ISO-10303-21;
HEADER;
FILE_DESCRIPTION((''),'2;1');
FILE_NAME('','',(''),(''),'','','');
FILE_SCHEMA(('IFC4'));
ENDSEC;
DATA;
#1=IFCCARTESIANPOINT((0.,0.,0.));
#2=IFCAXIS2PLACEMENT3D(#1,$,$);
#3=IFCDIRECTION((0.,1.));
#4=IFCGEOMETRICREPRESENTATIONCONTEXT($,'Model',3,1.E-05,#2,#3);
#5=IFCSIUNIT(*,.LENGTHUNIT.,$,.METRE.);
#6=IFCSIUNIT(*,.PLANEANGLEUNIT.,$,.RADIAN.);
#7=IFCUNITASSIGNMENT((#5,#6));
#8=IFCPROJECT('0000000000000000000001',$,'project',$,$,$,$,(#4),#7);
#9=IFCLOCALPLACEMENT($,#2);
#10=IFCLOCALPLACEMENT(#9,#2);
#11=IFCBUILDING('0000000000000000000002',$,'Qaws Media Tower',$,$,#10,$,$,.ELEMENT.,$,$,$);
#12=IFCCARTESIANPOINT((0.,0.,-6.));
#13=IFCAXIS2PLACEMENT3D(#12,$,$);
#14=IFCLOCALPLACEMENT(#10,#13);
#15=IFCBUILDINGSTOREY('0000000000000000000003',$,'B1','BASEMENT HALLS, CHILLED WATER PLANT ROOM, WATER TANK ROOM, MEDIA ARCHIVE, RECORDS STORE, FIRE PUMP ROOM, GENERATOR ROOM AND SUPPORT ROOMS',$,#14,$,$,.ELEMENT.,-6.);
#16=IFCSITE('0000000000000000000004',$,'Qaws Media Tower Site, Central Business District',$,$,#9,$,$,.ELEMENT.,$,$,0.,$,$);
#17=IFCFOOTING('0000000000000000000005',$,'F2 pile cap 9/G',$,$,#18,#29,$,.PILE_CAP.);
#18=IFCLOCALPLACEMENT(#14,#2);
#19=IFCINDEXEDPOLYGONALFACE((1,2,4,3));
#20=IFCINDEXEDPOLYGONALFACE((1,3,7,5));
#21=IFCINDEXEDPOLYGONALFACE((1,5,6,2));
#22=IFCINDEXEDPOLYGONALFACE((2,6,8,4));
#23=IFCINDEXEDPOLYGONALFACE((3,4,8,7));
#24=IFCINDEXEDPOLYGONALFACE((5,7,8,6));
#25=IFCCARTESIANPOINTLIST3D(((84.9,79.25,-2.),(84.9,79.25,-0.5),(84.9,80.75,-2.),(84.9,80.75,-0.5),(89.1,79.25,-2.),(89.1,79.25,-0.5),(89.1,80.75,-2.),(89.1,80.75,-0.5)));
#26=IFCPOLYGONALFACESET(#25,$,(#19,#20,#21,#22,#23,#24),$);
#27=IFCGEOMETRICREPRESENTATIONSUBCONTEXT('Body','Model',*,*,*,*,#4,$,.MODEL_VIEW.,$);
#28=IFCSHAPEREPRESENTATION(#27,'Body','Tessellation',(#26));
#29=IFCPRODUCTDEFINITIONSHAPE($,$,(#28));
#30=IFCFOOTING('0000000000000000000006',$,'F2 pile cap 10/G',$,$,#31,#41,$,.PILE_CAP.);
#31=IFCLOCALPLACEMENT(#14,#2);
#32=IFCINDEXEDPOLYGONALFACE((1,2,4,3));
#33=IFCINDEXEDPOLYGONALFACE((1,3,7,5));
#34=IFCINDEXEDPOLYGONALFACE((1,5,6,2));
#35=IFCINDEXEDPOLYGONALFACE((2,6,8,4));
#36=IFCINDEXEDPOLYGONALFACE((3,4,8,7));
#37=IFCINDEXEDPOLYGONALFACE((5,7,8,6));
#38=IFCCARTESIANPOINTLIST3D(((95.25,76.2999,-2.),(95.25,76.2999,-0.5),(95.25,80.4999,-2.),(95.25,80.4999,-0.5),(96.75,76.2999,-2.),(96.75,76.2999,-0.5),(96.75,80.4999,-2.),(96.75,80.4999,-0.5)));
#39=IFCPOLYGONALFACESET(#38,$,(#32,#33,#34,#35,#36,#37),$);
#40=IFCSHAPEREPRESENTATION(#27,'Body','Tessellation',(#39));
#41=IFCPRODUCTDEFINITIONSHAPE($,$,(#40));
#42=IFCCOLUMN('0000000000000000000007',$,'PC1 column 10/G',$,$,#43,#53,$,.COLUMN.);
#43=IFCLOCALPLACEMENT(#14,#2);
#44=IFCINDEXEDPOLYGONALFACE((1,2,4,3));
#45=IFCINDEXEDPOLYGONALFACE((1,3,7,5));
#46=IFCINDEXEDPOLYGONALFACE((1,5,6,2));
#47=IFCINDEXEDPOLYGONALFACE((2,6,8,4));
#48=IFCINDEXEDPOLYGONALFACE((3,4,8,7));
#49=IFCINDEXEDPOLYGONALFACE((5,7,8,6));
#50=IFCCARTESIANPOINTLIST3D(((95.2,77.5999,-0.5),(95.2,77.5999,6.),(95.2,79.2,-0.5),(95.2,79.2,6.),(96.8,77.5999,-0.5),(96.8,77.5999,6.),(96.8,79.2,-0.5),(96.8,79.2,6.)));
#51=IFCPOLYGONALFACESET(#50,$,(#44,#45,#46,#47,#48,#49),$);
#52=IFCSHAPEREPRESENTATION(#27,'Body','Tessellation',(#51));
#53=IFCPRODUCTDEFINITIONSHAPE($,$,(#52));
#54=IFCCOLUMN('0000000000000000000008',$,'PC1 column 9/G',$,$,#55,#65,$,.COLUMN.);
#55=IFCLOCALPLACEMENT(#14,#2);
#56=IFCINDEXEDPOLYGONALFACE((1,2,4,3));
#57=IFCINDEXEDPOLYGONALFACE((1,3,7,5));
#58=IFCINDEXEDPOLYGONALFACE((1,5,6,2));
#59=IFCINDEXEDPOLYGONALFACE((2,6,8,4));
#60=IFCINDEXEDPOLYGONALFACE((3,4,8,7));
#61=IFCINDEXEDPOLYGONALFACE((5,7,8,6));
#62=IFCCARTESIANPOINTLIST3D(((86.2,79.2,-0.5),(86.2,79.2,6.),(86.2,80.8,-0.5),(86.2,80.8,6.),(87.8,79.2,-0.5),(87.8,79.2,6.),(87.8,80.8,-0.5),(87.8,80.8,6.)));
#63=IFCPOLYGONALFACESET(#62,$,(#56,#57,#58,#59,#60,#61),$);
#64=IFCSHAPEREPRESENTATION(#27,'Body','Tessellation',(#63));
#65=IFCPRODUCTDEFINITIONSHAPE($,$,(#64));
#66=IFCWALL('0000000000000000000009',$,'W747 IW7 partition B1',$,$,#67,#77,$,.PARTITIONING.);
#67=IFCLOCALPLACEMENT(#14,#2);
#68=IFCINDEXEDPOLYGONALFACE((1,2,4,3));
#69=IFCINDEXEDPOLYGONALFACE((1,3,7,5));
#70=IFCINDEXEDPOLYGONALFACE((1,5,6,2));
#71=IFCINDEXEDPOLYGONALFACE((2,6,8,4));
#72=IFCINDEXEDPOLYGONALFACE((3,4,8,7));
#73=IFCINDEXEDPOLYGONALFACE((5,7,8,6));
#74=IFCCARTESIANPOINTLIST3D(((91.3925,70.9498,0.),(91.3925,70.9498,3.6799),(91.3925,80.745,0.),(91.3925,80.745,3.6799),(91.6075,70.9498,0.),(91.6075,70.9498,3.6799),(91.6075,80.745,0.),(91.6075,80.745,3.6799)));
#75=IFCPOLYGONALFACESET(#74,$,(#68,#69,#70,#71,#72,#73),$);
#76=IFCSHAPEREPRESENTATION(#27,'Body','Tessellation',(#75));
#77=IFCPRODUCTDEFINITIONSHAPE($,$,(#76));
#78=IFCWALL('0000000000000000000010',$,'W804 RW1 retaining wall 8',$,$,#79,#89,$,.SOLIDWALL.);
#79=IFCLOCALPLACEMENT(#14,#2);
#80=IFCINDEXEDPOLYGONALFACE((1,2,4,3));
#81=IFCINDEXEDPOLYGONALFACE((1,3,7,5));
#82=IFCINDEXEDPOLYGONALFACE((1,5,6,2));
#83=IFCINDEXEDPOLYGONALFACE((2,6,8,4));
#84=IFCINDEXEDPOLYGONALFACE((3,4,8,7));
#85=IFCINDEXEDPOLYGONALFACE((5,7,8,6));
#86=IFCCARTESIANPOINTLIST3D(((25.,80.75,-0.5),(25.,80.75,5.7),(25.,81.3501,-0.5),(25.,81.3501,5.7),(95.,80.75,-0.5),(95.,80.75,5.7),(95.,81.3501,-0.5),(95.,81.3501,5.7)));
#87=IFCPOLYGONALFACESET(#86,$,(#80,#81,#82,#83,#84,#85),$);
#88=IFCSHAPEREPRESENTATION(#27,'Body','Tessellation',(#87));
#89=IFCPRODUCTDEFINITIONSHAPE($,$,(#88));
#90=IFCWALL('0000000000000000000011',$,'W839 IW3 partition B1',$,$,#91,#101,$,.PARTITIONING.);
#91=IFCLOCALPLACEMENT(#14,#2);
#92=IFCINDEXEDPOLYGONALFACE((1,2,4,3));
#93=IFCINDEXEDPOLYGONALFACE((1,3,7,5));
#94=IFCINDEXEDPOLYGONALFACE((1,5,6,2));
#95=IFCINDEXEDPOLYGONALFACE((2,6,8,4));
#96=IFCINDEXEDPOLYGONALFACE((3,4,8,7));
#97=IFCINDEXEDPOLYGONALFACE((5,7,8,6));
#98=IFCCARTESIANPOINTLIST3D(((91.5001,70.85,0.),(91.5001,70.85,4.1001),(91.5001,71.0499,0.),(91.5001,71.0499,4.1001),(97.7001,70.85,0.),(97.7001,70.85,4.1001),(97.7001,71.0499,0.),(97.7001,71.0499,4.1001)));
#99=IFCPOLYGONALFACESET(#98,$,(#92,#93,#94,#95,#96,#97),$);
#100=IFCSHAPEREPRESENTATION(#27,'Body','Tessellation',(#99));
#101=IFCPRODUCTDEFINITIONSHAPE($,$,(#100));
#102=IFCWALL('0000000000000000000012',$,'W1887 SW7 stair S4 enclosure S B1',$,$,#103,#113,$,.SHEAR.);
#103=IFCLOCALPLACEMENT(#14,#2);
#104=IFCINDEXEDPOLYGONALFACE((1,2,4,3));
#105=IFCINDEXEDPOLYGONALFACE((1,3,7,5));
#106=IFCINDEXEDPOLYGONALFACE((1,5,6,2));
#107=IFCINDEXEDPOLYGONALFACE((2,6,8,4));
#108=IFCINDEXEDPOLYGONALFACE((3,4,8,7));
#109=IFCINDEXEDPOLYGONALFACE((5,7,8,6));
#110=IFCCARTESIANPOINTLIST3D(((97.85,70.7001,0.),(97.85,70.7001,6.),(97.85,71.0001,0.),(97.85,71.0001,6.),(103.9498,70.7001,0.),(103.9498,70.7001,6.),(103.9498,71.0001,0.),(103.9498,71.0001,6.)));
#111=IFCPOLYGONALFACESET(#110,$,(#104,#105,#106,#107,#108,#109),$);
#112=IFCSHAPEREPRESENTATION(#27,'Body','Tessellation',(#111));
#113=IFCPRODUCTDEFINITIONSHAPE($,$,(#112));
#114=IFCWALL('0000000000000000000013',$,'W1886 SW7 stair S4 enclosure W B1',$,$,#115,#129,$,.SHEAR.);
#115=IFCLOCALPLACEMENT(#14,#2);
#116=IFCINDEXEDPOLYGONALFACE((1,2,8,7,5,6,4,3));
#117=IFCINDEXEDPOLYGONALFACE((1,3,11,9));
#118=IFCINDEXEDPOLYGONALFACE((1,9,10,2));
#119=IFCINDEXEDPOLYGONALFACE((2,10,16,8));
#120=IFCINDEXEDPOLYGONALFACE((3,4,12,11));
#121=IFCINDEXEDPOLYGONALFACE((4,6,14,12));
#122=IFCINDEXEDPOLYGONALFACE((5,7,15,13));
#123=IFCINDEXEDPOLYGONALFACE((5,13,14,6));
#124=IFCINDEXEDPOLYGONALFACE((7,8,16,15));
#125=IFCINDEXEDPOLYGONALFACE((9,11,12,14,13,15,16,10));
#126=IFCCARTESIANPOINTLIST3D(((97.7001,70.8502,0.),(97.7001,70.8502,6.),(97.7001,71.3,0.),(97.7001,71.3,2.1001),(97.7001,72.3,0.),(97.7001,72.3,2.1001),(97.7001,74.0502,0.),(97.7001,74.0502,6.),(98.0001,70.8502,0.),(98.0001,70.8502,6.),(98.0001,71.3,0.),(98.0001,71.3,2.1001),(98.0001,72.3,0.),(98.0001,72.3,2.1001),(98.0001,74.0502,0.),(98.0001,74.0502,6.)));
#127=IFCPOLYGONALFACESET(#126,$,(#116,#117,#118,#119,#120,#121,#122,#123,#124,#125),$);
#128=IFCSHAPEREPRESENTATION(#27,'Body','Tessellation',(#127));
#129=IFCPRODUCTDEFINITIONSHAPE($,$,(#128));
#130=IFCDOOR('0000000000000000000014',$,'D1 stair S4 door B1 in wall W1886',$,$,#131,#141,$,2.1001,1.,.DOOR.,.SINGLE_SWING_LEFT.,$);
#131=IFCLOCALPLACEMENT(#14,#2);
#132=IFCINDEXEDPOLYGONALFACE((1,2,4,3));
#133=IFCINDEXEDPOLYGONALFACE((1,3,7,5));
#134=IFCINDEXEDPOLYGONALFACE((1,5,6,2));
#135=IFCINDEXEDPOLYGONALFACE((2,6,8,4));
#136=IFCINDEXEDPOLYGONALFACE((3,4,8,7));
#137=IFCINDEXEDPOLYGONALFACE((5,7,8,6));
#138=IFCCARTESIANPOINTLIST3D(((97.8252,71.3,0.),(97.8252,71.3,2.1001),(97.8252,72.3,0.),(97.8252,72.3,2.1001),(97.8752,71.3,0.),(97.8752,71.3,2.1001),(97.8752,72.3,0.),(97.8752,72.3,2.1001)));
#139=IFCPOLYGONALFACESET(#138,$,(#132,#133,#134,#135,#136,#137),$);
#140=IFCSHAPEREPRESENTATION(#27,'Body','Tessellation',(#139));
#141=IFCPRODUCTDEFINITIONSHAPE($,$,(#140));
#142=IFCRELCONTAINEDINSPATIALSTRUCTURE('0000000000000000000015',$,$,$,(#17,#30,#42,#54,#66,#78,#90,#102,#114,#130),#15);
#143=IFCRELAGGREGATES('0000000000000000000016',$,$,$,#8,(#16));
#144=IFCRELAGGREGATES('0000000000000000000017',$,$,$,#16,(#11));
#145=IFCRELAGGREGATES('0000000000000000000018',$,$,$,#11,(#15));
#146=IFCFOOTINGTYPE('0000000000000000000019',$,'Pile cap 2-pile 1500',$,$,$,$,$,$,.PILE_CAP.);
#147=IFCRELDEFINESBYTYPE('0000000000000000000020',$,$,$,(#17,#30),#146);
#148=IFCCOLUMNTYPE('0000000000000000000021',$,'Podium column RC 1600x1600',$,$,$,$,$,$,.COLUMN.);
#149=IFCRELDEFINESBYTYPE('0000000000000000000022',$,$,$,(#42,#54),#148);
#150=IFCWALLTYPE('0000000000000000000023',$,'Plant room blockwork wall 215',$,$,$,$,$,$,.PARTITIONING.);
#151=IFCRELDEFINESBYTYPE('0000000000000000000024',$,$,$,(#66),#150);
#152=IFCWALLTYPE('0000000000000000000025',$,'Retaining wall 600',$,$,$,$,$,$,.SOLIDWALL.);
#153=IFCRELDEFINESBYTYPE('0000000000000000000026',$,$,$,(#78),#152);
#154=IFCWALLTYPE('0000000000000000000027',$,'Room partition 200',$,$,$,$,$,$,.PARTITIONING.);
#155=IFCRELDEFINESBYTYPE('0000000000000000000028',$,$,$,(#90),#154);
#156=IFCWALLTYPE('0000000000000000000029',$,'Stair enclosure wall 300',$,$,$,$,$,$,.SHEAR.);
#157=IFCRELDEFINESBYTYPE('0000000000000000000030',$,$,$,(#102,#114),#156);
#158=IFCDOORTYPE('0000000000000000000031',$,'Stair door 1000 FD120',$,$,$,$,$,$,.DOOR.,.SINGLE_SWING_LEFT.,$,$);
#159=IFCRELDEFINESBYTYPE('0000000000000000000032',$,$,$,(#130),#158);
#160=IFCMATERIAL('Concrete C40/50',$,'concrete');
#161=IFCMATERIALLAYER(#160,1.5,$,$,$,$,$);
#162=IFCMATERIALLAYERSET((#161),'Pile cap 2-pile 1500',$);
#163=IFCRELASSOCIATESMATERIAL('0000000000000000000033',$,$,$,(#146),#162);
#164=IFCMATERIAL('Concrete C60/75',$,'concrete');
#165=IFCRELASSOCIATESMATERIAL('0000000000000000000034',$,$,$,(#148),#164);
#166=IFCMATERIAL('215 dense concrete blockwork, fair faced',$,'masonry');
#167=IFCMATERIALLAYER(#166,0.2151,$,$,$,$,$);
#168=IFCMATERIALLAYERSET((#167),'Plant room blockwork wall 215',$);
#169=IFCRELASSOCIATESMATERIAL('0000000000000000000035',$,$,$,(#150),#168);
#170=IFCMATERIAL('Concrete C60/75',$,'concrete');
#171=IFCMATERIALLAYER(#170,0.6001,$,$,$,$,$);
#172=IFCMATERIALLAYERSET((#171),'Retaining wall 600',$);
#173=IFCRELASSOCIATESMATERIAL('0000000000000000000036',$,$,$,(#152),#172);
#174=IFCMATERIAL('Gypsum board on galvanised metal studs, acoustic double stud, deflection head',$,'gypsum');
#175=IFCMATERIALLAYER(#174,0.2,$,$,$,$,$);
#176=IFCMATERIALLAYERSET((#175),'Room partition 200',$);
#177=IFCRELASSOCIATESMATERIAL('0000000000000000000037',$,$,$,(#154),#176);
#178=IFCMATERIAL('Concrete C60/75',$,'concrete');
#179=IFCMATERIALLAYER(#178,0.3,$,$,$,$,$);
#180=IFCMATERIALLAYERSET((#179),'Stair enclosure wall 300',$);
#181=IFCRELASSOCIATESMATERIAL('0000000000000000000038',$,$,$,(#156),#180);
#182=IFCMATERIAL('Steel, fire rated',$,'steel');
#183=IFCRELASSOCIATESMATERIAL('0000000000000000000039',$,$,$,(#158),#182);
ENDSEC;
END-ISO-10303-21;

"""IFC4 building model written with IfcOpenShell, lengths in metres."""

from ifc_helpers import new_model, si_unit, direction, frame, frame_2d, origin, origin_2d, place, context, subcontext, project, spatial, rectangle, extrude, material, layer, layer_set, material_profile, profile_set, type_object, element, fill, save


model = new_model("IFC4")

# Units and contexts
model_context = context("Model", 3, precision=1e-05, world=origin(), true_north=direction((0.0, 1.0)))
body_context = subcontext(model_context, "Body", "Model", "MODEL_VIEW")
ifc_project = project(units=[si_unit("LENGTHUNIT", "METRE"), si_unit("PLANEANGLEUNIT", "RADIAN")], contexts=[model_context])

# Site, building, storey
site_placement = place(None, origin())
site = spatial("IfcSite", under=ifc_project, at=site_placement, Name="Qaws Media Tower Site, Central Business District", CompositionType="ELEMENT", RefElevation=0.0)
building_placement = place(site_placement, origin())
building = spatial("IfcBuilding", under=site, at=building_placement, Name="Qaws Media Tower", CompositionType="ELEMENT")
storey_placement = place(building_placement, frame((0.0, 0.0, -6.0)))
storey = spatial("IfcBuildingStorey", under=building, at=storey_placement, Name="B1", Description="BASEMENT HALLS, CHILLED WATER PLANT ROOM, WATER TANK ROOM, MEDIA ARCHIVE, RECORDS STORE, FIRE PUMP ROOM, GENERATOR ROOM AND SUPPORT ROOMS", CompositionType="ELEMENT", Elevation=-6.0)

# Footings
ifc_material_1 = material(Name="Concrete C40/50", Category="concrete")
ifc_layer_1 = layer(ifc_material_1, 1.5)
ifc_layer_set_1 = layer_set([ifc_layer_1], Name="Pile cap 2-pile 1500")
footing_type_1 = type_object("IfcFootingType", Name="Pile cap 2-pile 1500", PredefinedType="PILE_CAP", material=ifc_layer_set_1)
footing_1_placement = place(storey_placement, frame((87.0, 80.0, -2.0), z_axis=(0.0, 0.0, 1.0), x_axis=(1.0, 0.0, 0.0)))
element("IfcFooting", 1, at=footing_1_placement, inside=storey, type_object=footing_type_1, Name="F2 pile cap 9/G", PredefinedType="PILE_CAP", context=body_context, shape_type="SweptSolid", body=[
    extrude(rectangle(XDim=4.2, YDim=1.5, at=origin_2d()), origin(), (0.0, 0.0, 1.0), 1.5),
])
footing_2_placement = place(storey_placement, frame((96.0, 78.3999, -2.0), z_axis=(0.0, 0.0, 1.0), x_axis=(1.0, 0.0, 0.0)))
element("IfcFooting", 2, at=footing_2_placement, inside=storey, type_object=footing_type_1, Name="F2 pile cap 10/G", PredefinedType="PILE_CAP", context=body_context, shape_type="SweptSolid", body=[
    extrude(rectangle(XDim=1.5, YDim=4.2, at=origin_2d()), origin(), (0.0, 0.0, 1.0), 1.5),
])

# Columns
ifc_material_2 = material(Name="Concrete C60/75", Category="concrete")
ifc_material_profile_1 = material_profile(ifc_material_2, rectangle(XDim=1.6001, YDim=1.6001, at=origin_2d()), Name="RC 1600x1600")
ifc_profile_set_1 = profile_set([ifc_material_profile_1], Name="Concrete C60/75")
column_type = type_object("IfcColumnType", Name="Podium column RC 1600x1600", PredefinedType="COLUMN", material=ifc_profile_set_1)
for number, where, z_axis, x_axis, name in (
    (3, (96.0, 78.3999, -0.5), (0.0, 0.0, 1.0), (1.0, 0.0, 0.0), "PC1 column 10/G"),
    (4, (87.0, 80.0, -0.5), (0.0, 0.0, 1.0), (1.0, 0.0, 0.0), "PC1 column 9/G"),
):
    element("IfcColumn", number, at=place(storey_placement, frame(where, z_axis=z_axis, x_axis=x_axis)), inside=storey, type_object=column_type, Name=name, PredefinedType="COLUMN", context=body_context, shape_type="SweptSolid", body=[
        extrude(rectangle(XDim=1.6001, YDim=1.6001, at=origin_2d()), origin(), (0.0, 0.0, 1.0), 6.5),
    ])

# Walls
ifc_material_3 = material(Name="215 dense concrete blockwork, fair faced", Category="masonry")
ifc_layer_2 = layer(ifc_material_3, 0.2151)
ifc_layer_set_2 = layer_set([ifc_layer_2], Name="Plant room blockwork wall 215")
wall_type_1 = type_object("IfcWallType", Name="Plant room blockwork wall 215", PredefinedType="PARTITIONING", material=ifc_layer_set_2)
wall_1_placement = place(storey_placement, frame((91.5, 70.95, 0.0), z_axis=(0.0, 0.0, 1.0), x_axis=(0.0, 1.0, 0.0)))
element("IfcWall", 5, at=wall_1_placement, inside=storey, type_object=wall_type_1, Name="W747 IW7 partition B1", PredefinedType="PARTITIONING", context=body_context, shape_type="SweptSolid", body=[
    extrude(rectangle(XDim=9.7952, YDim=0.2151, at=frame_2d((4.8975, 0.0))), origin(), (0.0, 0.0, 1.0), 3.6799),
])
ifc_material_4 = material(Name="Concrete C60/75", Category="concrete")
ifc_layer_3 = layer(ifc_material_4, 0.6001)
ifc_layer_set_3 = layer_set([ifc_layer_3], Name="Retaining wall 600")
wall_type_2 = type_object("IfcWallType", Name="Retaining wall 600", PredefinedType="SOLIDWALL", material=ifc_layer_set_3)
wall_2_placement = place(storey_placement, frame((95.0, 81.05, -0.5), z_axis=(0.0, 0.0, 1.0), x_axis=(-1.0, 0.0, 0.0)))
element("IfcWall", 6, at=wall_2_placement, inside=storey, type_object=wall_type_2, Name="W804 RW1 retaining wall 8", PredefinedType="SOLIDWALL", context=body_context, shape_type="SweptSolid", body=[
    extrude(rectangle(XDim=70.0, YDim=0.6001, at=frame_2d((35.0, 0.0))), origin(), (0.0, 0.0, 1.0), 6.2),
])
ifc_material_5 = material(Name="Gypsum board on galvanised metal studs, acoustic double stud, deflection head", Category="gypsum")
ifc_layer_4 = layer(ifc_material_5, 0.2)
ifc_layer_set_4 = layer_set([ifc_layer_4], Name="Room partition 200")
wall_type_3 = type_object("IfcWallType", Name="Room partition 200", PredefinedType="PARTITIONING", material=ifc_layer_set_4)
wall_3_placement = place(storey_placement, frame((91.5, 70.95, 0.0), z_axis=(0.0, 0.0, 1.0), x_axis=(1.0, 0.0, 0.0)))
element("IfcWall", 7, at=wall_3_placement, inside=storey, type_object=wall_type_3, Name="W839 IW3 partition B1", PredefinedType="PARTITIONING", context=body_context, shape_type="SweptSolid", body=[
    extrude(rectangle(XDim=6.2, YDim=0.2, at=frame_2d((3.1001, 0.0))), origin(), (0.0, 0.0, 1.0), 4.1001),
])
ifc_material_6 = material(Name="Concrete C60/75", Category="concrete")
ifc_layer_5 = layer(ifc_material_6, 0.3)
ifc_layer_set_5 = layer_set([ifc_layer_5], Name="Stair enclosure wall 300")
wall_type_4 = type_object("IfcWallType", Name="Stair enclosure wall 300", PredefinedType="SHEAR", material=ifc_layer_set_5)
wall_4_placement = place(storey_placement, frame((97.8501, 70.8501, 0.0), z_axis=(0.0, 0.0, 1.0), x_axis=(1.0, 0.0, 0.0)))
element("IfcWall", 8, at=wall_4_placement, inside=storey, type_object=wall_type_4, Name="W1887 SW7 stair S4 enclosure S B1", PredefinedType="SHEAR", context=body_context, shape_type="SweptSolid", body=[
    extrude(rectangle(XDim=6.0999, YDim=0.3, at=frame_2d((3.0498, 0.0))), origin(), (0.0, 0.0, 1.0), 6.0),
])

# Wall, opening, door
wall_5_placement = place(storey_placement, frame((97.8501, 70.8501, 0.0), z_axis=(0.0, 0.0, 1.0), x_axis=(0.0, 1.0, 0.0)))
wall_5 = element("IfcWall", 9, at=wall_5_placement, inside=storey, type_object=wall_type_4, Name="W1886 SW7 stair S4 enclosure W B1", PredefinedType="SHEAR", context=body_context, shape_type="SweptSolid", body=[
    extrude(rectangle(XDim=3.2, YDim=0.3, at=frame_2d((1.6001, 0.0))), origin(), (0.0, 0.0, 1.0), 6.0),
])
opening_placement = place(wall_5_placement, frame((0.45, 0.0, 0.0)))
opening = element("IfcOpeningElement", 10, at=opening_placement, cuts=wall_5, PredefinedType="OPENING", context=body_context, shape_type="SweptSolid", body=[
    extrude(rectangle(XDim=1.0, YDim=2.1001, at=frame_2d((0.5, 1.05))), frame((0.0, 0.1599, 0.0), z_axis=(0.0, -1.0, 0.0), x_axis=(1.0, 0.0, 0.0)), (0.0, 0.0, 1.0), 0.3201),
])
ifc_material_7 = material(Name="Steel, fire rated", Category="steel")
door_type = type_object("IfcDoorType", Name="Stair door 1000 FD120", OperationType="SINGLE_SWING_LEFT", PredefinedType="DOOR", material=ifc_material_7)
door_placement = place(opening_placement, origin())
door = element("IfcDoor", 11, at=door_placement, inside=storey, type_object=door_type, Name="D1 stair S4 door B1 in wall W1886", OperationType="SINGLE_SWING_LEFT", OverallHeight=2.1001, OverallWidth=1.0, PredefinedType="DOOR", context=body_context, shape_type="SweptSolid", body=[
    extrude(rectangle(XDim=1.0, YDim=2.1001, at=frame_2d((0.5, 1.05))), frame((0.0, 0.0249, 0.0), z_axis=(0.0, -1.0, 0.0), x_axis=(1.0, 0.0, 0.0)), (0.0, 0.0, 1.0), 0.05),
])
fill(opening, door)

save(model, "model.ifc")
